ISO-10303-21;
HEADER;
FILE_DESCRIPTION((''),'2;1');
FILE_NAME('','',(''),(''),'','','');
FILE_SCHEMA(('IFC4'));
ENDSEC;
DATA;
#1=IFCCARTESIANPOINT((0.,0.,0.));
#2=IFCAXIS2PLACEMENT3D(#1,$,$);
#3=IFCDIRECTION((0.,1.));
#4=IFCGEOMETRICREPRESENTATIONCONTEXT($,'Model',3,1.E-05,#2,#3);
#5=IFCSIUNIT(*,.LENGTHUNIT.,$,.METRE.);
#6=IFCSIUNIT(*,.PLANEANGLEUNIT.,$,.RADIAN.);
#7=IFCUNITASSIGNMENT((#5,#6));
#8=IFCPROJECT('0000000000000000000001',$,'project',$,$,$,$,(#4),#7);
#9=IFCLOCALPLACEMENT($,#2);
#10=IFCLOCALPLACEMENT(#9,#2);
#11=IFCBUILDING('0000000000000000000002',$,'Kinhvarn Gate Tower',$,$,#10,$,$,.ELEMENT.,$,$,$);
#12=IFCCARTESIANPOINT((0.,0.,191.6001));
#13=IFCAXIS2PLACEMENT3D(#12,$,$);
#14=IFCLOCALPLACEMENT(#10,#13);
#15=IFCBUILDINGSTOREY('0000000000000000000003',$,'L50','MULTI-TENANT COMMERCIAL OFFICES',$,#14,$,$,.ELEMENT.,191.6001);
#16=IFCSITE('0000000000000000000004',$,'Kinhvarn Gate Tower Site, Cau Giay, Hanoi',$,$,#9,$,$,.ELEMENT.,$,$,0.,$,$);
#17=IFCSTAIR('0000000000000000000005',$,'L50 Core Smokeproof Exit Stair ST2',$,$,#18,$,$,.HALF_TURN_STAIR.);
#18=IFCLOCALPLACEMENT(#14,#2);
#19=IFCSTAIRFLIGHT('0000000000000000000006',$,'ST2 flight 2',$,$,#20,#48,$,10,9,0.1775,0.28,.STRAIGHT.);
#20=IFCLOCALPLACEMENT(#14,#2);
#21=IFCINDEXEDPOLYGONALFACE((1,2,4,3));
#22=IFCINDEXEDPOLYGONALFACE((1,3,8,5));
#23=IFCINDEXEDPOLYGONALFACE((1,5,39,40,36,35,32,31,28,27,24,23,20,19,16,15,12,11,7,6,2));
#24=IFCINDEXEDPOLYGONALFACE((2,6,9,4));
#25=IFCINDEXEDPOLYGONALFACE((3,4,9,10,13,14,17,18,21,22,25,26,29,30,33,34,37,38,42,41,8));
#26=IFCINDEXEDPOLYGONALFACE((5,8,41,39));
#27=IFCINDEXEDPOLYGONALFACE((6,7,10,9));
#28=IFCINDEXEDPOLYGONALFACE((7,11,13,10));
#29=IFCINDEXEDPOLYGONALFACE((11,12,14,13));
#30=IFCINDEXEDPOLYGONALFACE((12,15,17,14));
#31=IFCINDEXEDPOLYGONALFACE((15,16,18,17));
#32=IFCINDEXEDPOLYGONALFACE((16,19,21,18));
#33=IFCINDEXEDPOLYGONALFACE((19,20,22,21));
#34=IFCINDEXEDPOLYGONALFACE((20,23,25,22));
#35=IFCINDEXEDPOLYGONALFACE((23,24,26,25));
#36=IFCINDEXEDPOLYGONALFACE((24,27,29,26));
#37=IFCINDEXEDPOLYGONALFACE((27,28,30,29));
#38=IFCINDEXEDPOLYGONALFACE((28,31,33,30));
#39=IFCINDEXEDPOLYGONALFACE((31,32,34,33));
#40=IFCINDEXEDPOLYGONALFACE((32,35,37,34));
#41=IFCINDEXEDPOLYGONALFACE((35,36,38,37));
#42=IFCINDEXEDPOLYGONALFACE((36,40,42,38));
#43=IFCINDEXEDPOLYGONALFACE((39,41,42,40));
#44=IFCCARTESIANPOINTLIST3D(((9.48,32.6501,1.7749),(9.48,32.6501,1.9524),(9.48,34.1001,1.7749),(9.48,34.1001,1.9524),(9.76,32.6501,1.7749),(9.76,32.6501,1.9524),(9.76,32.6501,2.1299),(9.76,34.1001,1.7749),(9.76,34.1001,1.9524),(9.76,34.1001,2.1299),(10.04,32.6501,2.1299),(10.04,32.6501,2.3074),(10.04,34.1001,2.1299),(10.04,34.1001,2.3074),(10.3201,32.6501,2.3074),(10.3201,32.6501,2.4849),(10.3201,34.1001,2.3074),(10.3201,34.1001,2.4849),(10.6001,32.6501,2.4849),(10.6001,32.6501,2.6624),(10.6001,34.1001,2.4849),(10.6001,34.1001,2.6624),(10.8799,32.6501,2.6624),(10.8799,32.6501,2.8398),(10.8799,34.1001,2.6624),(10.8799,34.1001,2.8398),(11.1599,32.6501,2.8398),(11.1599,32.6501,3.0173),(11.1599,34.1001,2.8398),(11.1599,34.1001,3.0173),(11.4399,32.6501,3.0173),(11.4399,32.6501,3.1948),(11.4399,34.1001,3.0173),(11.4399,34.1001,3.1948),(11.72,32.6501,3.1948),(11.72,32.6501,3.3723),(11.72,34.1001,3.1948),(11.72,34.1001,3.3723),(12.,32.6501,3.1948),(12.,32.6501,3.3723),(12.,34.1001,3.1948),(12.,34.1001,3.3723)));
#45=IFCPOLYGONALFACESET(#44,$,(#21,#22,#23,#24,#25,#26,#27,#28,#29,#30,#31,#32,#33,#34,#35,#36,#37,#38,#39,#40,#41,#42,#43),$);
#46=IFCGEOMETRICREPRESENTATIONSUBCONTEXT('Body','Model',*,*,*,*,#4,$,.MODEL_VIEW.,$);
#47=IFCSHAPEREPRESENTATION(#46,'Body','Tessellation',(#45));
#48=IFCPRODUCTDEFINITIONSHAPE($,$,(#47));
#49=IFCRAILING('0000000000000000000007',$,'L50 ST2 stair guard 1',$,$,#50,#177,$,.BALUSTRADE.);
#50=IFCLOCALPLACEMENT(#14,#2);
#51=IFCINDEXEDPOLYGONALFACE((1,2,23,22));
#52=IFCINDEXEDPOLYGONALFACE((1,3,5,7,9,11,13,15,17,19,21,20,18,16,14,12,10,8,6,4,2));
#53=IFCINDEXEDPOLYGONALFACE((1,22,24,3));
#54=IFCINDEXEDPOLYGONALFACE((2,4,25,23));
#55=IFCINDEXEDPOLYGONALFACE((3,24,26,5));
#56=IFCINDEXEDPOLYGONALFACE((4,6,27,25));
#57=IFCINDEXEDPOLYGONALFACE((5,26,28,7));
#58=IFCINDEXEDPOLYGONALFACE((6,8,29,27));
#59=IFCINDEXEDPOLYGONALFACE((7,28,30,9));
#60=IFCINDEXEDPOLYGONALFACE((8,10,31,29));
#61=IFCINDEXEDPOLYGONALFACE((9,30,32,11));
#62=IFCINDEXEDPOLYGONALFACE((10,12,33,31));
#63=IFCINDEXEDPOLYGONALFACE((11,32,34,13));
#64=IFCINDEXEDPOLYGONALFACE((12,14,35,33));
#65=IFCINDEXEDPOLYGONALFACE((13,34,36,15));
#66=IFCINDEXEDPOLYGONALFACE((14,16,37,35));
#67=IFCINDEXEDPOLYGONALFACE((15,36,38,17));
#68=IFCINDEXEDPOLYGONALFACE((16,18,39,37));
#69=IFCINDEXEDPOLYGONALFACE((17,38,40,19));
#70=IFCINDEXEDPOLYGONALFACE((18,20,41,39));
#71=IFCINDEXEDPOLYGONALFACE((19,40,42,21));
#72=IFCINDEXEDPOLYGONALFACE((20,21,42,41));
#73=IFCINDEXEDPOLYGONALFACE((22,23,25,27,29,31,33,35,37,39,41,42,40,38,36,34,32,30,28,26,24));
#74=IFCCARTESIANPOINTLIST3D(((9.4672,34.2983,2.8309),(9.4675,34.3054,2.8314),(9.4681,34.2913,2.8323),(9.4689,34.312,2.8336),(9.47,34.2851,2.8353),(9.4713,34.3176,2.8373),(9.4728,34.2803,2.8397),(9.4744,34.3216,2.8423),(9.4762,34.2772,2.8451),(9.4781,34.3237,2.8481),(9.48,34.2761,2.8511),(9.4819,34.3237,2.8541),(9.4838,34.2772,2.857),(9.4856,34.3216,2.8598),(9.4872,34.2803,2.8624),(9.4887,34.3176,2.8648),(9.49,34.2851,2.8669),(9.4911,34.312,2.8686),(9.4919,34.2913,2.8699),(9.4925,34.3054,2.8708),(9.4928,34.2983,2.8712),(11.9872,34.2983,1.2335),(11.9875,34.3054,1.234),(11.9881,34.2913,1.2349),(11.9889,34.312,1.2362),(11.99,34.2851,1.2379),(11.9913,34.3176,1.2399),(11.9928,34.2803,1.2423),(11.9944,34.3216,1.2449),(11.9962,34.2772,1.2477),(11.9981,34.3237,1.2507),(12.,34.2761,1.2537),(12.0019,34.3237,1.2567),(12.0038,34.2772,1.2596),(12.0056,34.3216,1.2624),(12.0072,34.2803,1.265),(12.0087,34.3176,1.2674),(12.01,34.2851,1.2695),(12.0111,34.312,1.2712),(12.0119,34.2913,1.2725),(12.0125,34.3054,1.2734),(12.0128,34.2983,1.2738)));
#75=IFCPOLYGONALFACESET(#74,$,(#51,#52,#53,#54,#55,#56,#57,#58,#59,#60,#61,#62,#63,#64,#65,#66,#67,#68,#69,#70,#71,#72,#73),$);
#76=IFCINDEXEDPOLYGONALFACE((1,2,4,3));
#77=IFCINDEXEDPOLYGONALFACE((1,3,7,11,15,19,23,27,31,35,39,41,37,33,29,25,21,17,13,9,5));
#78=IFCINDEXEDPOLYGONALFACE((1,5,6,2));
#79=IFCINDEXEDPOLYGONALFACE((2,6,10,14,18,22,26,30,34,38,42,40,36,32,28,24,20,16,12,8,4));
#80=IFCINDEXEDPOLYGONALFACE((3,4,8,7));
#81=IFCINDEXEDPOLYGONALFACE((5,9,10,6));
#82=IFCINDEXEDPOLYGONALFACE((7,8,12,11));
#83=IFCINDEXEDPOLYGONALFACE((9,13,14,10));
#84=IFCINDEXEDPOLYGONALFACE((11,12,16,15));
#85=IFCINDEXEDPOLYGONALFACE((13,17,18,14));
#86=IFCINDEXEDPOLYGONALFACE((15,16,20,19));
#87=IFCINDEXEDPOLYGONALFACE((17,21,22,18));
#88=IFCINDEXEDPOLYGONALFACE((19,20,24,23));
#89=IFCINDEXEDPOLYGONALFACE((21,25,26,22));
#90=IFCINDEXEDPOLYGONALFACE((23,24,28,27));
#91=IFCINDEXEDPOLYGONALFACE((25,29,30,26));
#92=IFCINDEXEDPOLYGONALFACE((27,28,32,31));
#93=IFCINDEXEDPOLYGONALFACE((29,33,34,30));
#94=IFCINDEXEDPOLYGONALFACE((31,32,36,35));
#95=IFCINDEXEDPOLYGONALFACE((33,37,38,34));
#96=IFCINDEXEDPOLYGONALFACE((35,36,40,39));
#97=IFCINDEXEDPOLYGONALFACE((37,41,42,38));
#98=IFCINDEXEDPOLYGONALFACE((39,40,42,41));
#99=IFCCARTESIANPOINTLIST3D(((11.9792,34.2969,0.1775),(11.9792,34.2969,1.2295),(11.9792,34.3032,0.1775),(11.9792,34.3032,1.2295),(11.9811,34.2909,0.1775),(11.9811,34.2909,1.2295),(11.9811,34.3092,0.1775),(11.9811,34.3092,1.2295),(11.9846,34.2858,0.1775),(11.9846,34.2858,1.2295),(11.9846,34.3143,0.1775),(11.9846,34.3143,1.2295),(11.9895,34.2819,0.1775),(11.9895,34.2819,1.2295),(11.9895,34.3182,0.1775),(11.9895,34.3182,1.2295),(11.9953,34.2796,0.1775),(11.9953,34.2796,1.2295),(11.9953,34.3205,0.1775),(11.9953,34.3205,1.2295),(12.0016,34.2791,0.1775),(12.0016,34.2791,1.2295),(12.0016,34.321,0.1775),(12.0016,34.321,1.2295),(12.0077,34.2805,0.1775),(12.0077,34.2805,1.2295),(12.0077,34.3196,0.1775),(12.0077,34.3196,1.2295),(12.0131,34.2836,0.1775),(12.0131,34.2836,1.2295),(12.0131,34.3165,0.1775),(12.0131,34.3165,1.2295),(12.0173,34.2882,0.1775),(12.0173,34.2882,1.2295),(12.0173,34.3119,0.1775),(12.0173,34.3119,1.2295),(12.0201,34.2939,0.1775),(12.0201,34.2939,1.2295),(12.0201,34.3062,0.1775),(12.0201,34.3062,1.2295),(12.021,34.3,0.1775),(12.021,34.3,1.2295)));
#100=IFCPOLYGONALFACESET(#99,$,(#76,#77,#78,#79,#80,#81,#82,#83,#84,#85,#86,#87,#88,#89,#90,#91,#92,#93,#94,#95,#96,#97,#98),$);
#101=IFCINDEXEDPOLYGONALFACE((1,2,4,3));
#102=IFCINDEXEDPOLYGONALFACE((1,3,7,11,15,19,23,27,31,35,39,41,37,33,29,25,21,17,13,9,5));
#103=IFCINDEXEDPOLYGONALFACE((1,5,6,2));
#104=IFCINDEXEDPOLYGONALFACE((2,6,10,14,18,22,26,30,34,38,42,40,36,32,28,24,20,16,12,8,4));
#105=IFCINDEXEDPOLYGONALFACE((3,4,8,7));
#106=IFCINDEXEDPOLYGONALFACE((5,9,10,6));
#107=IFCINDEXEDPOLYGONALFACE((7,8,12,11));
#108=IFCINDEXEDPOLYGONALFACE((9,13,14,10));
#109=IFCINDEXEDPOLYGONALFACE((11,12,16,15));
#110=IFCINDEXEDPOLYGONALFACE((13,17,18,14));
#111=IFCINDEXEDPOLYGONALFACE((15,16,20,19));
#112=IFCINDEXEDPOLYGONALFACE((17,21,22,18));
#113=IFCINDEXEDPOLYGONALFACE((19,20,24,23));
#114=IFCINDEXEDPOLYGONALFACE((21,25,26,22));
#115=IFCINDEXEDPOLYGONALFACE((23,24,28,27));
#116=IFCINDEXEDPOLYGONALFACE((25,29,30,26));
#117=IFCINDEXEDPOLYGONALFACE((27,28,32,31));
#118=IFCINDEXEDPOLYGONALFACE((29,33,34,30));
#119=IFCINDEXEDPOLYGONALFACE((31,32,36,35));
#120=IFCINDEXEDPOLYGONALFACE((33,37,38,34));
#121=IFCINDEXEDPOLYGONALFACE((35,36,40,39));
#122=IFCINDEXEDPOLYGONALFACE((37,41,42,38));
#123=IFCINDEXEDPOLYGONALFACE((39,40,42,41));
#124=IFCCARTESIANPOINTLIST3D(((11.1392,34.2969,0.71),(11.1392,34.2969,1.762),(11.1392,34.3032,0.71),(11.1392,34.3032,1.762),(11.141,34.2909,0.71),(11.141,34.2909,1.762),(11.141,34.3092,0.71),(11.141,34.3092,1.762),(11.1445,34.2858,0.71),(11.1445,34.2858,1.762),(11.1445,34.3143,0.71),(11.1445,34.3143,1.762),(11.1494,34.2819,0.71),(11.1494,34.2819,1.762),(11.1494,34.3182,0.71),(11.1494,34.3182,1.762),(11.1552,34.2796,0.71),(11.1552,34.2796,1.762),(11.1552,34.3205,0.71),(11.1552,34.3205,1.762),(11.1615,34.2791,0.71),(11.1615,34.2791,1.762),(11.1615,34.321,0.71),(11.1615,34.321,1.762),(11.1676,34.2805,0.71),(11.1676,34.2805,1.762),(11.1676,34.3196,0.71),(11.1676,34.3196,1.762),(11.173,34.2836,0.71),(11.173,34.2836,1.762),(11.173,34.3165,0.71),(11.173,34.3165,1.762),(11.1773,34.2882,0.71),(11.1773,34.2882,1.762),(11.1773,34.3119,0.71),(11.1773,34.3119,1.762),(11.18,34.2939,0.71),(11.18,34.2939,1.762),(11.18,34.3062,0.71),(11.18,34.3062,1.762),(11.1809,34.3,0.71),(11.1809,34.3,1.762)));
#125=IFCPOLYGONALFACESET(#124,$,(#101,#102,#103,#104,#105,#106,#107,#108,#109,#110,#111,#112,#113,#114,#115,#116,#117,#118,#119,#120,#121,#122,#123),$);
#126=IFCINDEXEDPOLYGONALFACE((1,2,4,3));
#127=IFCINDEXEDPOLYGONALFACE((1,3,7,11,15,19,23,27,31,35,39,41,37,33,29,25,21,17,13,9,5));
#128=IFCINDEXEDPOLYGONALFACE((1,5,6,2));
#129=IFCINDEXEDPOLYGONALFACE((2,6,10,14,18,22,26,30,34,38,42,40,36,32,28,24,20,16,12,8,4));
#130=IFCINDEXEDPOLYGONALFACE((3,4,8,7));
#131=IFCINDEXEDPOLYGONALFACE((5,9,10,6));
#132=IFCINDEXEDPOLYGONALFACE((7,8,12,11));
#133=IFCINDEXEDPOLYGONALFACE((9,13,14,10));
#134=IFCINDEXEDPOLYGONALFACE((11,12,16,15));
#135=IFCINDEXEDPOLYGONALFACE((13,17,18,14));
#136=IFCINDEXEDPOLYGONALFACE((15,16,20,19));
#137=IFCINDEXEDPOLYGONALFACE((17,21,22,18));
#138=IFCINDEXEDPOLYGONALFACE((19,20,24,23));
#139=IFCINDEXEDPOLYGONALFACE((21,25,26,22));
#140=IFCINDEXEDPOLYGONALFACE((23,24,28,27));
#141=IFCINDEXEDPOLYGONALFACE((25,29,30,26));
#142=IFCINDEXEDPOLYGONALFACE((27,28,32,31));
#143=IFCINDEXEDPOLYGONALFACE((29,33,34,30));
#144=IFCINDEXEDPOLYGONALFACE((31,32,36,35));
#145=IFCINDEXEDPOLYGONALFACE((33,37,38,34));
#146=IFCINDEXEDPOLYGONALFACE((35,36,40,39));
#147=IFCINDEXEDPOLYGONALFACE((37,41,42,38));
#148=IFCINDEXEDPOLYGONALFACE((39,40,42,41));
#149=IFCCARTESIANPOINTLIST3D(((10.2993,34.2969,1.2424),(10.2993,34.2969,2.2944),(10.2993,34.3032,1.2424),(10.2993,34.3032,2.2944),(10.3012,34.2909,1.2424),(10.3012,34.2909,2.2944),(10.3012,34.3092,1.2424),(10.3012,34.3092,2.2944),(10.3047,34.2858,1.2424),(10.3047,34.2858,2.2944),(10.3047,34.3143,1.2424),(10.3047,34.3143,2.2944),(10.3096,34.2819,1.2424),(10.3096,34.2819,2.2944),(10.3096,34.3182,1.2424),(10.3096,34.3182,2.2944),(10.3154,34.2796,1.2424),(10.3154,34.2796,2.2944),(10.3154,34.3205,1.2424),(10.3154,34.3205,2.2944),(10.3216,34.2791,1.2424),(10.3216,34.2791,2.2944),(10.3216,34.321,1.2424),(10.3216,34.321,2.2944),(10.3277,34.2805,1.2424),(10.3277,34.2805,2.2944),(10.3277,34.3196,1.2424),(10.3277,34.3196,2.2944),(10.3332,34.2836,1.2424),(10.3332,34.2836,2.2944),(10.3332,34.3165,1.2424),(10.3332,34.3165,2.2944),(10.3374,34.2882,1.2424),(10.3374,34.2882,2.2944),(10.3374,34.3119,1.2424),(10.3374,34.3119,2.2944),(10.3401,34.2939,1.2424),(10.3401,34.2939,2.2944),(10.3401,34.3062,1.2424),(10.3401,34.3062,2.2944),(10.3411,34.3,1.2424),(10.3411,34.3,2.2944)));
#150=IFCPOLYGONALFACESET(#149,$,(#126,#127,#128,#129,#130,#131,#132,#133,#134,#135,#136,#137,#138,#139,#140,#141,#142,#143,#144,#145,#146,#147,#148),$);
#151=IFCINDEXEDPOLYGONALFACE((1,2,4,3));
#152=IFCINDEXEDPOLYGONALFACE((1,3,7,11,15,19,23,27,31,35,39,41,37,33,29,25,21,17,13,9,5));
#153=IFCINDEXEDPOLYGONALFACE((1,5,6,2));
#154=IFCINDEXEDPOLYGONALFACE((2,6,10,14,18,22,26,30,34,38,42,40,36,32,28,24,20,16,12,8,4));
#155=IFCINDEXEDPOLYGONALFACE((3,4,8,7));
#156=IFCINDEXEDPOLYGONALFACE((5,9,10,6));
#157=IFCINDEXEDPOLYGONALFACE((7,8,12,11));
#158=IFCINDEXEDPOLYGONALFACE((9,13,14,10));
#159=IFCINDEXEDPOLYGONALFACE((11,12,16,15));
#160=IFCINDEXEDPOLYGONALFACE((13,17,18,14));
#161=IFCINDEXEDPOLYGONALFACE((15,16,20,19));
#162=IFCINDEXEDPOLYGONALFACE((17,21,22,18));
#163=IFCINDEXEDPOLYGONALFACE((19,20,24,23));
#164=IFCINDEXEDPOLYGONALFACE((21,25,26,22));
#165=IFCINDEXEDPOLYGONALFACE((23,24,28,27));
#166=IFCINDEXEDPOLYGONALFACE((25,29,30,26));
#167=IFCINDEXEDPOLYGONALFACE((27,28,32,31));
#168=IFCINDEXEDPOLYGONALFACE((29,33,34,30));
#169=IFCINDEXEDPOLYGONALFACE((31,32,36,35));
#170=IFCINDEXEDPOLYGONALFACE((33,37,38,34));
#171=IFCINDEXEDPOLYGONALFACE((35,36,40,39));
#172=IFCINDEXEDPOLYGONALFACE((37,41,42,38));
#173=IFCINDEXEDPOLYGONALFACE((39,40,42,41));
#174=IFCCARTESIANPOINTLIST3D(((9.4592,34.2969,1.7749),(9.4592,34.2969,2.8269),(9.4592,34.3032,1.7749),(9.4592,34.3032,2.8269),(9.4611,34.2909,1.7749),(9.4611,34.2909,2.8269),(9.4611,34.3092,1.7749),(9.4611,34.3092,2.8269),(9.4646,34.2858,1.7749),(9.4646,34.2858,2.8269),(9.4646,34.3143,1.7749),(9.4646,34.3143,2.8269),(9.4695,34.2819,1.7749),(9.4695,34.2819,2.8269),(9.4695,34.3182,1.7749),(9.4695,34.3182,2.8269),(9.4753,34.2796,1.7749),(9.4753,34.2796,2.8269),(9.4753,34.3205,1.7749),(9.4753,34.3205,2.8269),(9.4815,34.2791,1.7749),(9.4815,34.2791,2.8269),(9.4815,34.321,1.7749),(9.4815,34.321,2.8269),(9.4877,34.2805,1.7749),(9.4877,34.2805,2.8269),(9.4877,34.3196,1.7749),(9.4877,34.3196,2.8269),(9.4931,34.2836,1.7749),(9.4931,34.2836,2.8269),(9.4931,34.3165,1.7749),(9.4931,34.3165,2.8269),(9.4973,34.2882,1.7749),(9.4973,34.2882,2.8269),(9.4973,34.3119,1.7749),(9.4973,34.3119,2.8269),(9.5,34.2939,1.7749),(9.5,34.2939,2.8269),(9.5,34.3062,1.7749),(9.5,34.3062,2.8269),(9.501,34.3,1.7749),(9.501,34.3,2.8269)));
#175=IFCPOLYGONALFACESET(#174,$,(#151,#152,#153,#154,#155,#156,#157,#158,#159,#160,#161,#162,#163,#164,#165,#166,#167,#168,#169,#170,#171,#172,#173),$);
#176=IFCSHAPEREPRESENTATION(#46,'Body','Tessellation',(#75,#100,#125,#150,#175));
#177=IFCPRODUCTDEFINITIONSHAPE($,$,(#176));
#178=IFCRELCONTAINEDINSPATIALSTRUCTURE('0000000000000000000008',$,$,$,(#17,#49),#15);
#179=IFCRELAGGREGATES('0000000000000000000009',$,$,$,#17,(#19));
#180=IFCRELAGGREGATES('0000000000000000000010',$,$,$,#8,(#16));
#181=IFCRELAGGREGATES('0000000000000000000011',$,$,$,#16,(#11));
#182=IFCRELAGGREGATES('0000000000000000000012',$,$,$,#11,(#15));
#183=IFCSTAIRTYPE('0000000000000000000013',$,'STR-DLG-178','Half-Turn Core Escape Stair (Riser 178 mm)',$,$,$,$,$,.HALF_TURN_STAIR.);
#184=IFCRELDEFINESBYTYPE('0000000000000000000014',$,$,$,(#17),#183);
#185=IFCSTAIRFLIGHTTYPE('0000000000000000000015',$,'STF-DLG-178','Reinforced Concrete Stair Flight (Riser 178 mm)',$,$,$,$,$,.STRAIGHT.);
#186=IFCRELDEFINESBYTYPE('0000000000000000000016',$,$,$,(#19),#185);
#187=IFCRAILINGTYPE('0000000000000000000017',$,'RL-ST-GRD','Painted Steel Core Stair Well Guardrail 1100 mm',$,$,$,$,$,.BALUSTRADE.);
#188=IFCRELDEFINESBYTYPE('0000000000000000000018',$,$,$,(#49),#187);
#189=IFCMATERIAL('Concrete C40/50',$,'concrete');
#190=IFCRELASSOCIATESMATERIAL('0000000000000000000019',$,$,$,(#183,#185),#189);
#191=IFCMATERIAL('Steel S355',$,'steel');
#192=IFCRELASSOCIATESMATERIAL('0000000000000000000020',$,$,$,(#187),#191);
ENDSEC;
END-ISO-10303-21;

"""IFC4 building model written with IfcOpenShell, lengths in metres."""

from ifc_helpers import new_model, si_unit, direction, frame, origin, origin_2d, place, context, subcontext, project, spatial, polyline, circle, outline, extrude, material, type_object, element, aggregate, save


model = new_model("IFC4")

# Units and contexts
model_context = context("Model", 3, precision=1e-05, world=origin(), true_north=direction((0.0, 1.0)))
body_context = subcontext(model_context, "Body", "Model", "MODEL_VIEW")
ifc_project = project(units=[si_unit("LENGTHUNIT", "METRE"), si_unit("PLANEANGLEUNIT", "RADIAN")], contexts=[model_context])

# Site, building, storey
site_placement = place(None, origin())
site = spatial("IfcSite", under=ifc_project, at=site_placement, Name="Kinhvarn Gate Tower Site, Cau Giay, Hanoi", CompositionType="ELEMENT", RefElevation=0.0)
building_placement = place(site_placement, origin())
building = spatial("IfcBuilding", under=site, at=building_placement, Name="Kinhvarn Gate Tower", CompositionType="ELEMENT")
storey_placement = place(building_placement, frame((0.0, 0.0, 191.6001)))
storey = spatial("IfcBuildingStorey", under=building, at=storey_placement, Name="L50", Description="MULTI-TENANT COMMERCIAL OFFICES", CompositionType="ELEMENT", Elevation=191.6001)

# Shared definitions
ifc_material_1 = material(Name="Concrete C40/50", Category="concrete")

# Stair, stair flight
stair_type = type_object("IfcStairType", Name="STR-DLG-178", Description="Half-Turn Core Escape Stair (Riser 178 mm)", PredefinedType="HALF_TURN_STAIR", material=ifc_material_1)
stair_placement = place(storey_placement, origin())
stair = element("IfcStair", 1, at=stair_placement, inside=storey, type_object=stair_type, Name="L50 Core Smokeproof Exit Stair ST2", PredefinedType="HALF_TURN_STAIR")
stair_flight_type = type_object("IfcStairFlightType", Name="STF-DLG-178", Description="Reinforced Concrete Stair Flight (Riser 178 mm)", PredefinedType="STRAIGHT", material=ifc_material_1)
stair_flight_placement = place(storey_placement, frame((9.48, 33.375, 1.7749), z_axis=(0.0, 0.0, 1.0), x_axis=(1.0, 0.0, 0.0)))
stair_flight = element("IfcStairFlight", 2, at=stair_flight_placement, type_object=stair_flight_type, Name="ST2 flight 2", NumberOfRisers=10, NumberOfTreads=9, PredefinedType="STRAIGHT", RiserHeight=0.1775, TreadLength=0.28, context=body_context, shape_type="SweptSolid", body=[
    extrude(outline(polyline([(0.0, 0.0), (0.0, 0.1775), (0.28, 0.1775), (0.28, 0.355), (0.5601, 0.355), (0.5601, 0.5325), (0.8401, 0.5325), (0.8401, 0.71), (1.1201, 0.71), (1.1201, 0.8875), (1.3999, 0.8875), (1.3999, 1.0649), (1.6799, 1.0649), (1.6799, 1.2424), (1.96, 1.2424), (1.96, 1.4199), (2.24, 1.4199), (2.24, 1.5974), (2.52, 1.5974), (2.52, 1.7749), (2.52, 1.4199), (0.28, 0.0), (0.0, 0.0)])), frame((0.0, 0.7251, 0.0), z_axis=(0.0, -1.0, 0.0), x_axis=(1.0, 0.0, 0.0)), (0.0, 0.0, 1.0), 1.45),
])
aggregate(stair, [stair_flight])

# Railing
ifc_material_2 = material(Name="Steel S355", Category="steel")
railing_type_1 = type_object("IfcRailingType", Name="RL-ST-GRD", Description="Painted Steel Core Stair Well Guardrail 1100 mm", PredefinedType="BALUSTRADE", material=ifc_material_2)
railing_1_placement = place(storey_placement, frame((12.0, 34.3, 0.1775)))
element("IfcRailing", 3, at=railing_1_placement, inside=storey, type_object=railing_type_1, Name="L50 ST2 stair guard 1", PredefinedType="BALUSTRADE", context=body_context, shape_type="SweptSolid", body=[
    extrude(circle(Radius=0.0239, at=origin_2d()), frame((0.0, 0.0, 1.0762), z_axis=(-0.844607, 0.0, 0.535387), x_axis=(0.0, -1.0, 0.0)), (0.0, 0.0, 1.0), 2.9836),
    extrude(circle(Radius=0.021, at=origin_2d()), origin(), (0.0, 0.0, 1.0), 1.052),
    extrude(circle(Radius=0.021, at=origin_2d()), frame((-0.8401, 0.0, 0.5325)), (0.0, 0.0, 1.0), 1.052),
    extrude(circle(Radius=0.021, at=origin_2d()), frame((-1.6799, 0.0, 1.0649)), (0.0, 0.0, 1.0), 1.052),
    extrude(circle(Radius=0.021, at=origin_2d()), frame((-2.52, 0.0, 1.5974)), (0.0, 0.0, 1.0), 1.052),
])

save(model, "model.ifc")
